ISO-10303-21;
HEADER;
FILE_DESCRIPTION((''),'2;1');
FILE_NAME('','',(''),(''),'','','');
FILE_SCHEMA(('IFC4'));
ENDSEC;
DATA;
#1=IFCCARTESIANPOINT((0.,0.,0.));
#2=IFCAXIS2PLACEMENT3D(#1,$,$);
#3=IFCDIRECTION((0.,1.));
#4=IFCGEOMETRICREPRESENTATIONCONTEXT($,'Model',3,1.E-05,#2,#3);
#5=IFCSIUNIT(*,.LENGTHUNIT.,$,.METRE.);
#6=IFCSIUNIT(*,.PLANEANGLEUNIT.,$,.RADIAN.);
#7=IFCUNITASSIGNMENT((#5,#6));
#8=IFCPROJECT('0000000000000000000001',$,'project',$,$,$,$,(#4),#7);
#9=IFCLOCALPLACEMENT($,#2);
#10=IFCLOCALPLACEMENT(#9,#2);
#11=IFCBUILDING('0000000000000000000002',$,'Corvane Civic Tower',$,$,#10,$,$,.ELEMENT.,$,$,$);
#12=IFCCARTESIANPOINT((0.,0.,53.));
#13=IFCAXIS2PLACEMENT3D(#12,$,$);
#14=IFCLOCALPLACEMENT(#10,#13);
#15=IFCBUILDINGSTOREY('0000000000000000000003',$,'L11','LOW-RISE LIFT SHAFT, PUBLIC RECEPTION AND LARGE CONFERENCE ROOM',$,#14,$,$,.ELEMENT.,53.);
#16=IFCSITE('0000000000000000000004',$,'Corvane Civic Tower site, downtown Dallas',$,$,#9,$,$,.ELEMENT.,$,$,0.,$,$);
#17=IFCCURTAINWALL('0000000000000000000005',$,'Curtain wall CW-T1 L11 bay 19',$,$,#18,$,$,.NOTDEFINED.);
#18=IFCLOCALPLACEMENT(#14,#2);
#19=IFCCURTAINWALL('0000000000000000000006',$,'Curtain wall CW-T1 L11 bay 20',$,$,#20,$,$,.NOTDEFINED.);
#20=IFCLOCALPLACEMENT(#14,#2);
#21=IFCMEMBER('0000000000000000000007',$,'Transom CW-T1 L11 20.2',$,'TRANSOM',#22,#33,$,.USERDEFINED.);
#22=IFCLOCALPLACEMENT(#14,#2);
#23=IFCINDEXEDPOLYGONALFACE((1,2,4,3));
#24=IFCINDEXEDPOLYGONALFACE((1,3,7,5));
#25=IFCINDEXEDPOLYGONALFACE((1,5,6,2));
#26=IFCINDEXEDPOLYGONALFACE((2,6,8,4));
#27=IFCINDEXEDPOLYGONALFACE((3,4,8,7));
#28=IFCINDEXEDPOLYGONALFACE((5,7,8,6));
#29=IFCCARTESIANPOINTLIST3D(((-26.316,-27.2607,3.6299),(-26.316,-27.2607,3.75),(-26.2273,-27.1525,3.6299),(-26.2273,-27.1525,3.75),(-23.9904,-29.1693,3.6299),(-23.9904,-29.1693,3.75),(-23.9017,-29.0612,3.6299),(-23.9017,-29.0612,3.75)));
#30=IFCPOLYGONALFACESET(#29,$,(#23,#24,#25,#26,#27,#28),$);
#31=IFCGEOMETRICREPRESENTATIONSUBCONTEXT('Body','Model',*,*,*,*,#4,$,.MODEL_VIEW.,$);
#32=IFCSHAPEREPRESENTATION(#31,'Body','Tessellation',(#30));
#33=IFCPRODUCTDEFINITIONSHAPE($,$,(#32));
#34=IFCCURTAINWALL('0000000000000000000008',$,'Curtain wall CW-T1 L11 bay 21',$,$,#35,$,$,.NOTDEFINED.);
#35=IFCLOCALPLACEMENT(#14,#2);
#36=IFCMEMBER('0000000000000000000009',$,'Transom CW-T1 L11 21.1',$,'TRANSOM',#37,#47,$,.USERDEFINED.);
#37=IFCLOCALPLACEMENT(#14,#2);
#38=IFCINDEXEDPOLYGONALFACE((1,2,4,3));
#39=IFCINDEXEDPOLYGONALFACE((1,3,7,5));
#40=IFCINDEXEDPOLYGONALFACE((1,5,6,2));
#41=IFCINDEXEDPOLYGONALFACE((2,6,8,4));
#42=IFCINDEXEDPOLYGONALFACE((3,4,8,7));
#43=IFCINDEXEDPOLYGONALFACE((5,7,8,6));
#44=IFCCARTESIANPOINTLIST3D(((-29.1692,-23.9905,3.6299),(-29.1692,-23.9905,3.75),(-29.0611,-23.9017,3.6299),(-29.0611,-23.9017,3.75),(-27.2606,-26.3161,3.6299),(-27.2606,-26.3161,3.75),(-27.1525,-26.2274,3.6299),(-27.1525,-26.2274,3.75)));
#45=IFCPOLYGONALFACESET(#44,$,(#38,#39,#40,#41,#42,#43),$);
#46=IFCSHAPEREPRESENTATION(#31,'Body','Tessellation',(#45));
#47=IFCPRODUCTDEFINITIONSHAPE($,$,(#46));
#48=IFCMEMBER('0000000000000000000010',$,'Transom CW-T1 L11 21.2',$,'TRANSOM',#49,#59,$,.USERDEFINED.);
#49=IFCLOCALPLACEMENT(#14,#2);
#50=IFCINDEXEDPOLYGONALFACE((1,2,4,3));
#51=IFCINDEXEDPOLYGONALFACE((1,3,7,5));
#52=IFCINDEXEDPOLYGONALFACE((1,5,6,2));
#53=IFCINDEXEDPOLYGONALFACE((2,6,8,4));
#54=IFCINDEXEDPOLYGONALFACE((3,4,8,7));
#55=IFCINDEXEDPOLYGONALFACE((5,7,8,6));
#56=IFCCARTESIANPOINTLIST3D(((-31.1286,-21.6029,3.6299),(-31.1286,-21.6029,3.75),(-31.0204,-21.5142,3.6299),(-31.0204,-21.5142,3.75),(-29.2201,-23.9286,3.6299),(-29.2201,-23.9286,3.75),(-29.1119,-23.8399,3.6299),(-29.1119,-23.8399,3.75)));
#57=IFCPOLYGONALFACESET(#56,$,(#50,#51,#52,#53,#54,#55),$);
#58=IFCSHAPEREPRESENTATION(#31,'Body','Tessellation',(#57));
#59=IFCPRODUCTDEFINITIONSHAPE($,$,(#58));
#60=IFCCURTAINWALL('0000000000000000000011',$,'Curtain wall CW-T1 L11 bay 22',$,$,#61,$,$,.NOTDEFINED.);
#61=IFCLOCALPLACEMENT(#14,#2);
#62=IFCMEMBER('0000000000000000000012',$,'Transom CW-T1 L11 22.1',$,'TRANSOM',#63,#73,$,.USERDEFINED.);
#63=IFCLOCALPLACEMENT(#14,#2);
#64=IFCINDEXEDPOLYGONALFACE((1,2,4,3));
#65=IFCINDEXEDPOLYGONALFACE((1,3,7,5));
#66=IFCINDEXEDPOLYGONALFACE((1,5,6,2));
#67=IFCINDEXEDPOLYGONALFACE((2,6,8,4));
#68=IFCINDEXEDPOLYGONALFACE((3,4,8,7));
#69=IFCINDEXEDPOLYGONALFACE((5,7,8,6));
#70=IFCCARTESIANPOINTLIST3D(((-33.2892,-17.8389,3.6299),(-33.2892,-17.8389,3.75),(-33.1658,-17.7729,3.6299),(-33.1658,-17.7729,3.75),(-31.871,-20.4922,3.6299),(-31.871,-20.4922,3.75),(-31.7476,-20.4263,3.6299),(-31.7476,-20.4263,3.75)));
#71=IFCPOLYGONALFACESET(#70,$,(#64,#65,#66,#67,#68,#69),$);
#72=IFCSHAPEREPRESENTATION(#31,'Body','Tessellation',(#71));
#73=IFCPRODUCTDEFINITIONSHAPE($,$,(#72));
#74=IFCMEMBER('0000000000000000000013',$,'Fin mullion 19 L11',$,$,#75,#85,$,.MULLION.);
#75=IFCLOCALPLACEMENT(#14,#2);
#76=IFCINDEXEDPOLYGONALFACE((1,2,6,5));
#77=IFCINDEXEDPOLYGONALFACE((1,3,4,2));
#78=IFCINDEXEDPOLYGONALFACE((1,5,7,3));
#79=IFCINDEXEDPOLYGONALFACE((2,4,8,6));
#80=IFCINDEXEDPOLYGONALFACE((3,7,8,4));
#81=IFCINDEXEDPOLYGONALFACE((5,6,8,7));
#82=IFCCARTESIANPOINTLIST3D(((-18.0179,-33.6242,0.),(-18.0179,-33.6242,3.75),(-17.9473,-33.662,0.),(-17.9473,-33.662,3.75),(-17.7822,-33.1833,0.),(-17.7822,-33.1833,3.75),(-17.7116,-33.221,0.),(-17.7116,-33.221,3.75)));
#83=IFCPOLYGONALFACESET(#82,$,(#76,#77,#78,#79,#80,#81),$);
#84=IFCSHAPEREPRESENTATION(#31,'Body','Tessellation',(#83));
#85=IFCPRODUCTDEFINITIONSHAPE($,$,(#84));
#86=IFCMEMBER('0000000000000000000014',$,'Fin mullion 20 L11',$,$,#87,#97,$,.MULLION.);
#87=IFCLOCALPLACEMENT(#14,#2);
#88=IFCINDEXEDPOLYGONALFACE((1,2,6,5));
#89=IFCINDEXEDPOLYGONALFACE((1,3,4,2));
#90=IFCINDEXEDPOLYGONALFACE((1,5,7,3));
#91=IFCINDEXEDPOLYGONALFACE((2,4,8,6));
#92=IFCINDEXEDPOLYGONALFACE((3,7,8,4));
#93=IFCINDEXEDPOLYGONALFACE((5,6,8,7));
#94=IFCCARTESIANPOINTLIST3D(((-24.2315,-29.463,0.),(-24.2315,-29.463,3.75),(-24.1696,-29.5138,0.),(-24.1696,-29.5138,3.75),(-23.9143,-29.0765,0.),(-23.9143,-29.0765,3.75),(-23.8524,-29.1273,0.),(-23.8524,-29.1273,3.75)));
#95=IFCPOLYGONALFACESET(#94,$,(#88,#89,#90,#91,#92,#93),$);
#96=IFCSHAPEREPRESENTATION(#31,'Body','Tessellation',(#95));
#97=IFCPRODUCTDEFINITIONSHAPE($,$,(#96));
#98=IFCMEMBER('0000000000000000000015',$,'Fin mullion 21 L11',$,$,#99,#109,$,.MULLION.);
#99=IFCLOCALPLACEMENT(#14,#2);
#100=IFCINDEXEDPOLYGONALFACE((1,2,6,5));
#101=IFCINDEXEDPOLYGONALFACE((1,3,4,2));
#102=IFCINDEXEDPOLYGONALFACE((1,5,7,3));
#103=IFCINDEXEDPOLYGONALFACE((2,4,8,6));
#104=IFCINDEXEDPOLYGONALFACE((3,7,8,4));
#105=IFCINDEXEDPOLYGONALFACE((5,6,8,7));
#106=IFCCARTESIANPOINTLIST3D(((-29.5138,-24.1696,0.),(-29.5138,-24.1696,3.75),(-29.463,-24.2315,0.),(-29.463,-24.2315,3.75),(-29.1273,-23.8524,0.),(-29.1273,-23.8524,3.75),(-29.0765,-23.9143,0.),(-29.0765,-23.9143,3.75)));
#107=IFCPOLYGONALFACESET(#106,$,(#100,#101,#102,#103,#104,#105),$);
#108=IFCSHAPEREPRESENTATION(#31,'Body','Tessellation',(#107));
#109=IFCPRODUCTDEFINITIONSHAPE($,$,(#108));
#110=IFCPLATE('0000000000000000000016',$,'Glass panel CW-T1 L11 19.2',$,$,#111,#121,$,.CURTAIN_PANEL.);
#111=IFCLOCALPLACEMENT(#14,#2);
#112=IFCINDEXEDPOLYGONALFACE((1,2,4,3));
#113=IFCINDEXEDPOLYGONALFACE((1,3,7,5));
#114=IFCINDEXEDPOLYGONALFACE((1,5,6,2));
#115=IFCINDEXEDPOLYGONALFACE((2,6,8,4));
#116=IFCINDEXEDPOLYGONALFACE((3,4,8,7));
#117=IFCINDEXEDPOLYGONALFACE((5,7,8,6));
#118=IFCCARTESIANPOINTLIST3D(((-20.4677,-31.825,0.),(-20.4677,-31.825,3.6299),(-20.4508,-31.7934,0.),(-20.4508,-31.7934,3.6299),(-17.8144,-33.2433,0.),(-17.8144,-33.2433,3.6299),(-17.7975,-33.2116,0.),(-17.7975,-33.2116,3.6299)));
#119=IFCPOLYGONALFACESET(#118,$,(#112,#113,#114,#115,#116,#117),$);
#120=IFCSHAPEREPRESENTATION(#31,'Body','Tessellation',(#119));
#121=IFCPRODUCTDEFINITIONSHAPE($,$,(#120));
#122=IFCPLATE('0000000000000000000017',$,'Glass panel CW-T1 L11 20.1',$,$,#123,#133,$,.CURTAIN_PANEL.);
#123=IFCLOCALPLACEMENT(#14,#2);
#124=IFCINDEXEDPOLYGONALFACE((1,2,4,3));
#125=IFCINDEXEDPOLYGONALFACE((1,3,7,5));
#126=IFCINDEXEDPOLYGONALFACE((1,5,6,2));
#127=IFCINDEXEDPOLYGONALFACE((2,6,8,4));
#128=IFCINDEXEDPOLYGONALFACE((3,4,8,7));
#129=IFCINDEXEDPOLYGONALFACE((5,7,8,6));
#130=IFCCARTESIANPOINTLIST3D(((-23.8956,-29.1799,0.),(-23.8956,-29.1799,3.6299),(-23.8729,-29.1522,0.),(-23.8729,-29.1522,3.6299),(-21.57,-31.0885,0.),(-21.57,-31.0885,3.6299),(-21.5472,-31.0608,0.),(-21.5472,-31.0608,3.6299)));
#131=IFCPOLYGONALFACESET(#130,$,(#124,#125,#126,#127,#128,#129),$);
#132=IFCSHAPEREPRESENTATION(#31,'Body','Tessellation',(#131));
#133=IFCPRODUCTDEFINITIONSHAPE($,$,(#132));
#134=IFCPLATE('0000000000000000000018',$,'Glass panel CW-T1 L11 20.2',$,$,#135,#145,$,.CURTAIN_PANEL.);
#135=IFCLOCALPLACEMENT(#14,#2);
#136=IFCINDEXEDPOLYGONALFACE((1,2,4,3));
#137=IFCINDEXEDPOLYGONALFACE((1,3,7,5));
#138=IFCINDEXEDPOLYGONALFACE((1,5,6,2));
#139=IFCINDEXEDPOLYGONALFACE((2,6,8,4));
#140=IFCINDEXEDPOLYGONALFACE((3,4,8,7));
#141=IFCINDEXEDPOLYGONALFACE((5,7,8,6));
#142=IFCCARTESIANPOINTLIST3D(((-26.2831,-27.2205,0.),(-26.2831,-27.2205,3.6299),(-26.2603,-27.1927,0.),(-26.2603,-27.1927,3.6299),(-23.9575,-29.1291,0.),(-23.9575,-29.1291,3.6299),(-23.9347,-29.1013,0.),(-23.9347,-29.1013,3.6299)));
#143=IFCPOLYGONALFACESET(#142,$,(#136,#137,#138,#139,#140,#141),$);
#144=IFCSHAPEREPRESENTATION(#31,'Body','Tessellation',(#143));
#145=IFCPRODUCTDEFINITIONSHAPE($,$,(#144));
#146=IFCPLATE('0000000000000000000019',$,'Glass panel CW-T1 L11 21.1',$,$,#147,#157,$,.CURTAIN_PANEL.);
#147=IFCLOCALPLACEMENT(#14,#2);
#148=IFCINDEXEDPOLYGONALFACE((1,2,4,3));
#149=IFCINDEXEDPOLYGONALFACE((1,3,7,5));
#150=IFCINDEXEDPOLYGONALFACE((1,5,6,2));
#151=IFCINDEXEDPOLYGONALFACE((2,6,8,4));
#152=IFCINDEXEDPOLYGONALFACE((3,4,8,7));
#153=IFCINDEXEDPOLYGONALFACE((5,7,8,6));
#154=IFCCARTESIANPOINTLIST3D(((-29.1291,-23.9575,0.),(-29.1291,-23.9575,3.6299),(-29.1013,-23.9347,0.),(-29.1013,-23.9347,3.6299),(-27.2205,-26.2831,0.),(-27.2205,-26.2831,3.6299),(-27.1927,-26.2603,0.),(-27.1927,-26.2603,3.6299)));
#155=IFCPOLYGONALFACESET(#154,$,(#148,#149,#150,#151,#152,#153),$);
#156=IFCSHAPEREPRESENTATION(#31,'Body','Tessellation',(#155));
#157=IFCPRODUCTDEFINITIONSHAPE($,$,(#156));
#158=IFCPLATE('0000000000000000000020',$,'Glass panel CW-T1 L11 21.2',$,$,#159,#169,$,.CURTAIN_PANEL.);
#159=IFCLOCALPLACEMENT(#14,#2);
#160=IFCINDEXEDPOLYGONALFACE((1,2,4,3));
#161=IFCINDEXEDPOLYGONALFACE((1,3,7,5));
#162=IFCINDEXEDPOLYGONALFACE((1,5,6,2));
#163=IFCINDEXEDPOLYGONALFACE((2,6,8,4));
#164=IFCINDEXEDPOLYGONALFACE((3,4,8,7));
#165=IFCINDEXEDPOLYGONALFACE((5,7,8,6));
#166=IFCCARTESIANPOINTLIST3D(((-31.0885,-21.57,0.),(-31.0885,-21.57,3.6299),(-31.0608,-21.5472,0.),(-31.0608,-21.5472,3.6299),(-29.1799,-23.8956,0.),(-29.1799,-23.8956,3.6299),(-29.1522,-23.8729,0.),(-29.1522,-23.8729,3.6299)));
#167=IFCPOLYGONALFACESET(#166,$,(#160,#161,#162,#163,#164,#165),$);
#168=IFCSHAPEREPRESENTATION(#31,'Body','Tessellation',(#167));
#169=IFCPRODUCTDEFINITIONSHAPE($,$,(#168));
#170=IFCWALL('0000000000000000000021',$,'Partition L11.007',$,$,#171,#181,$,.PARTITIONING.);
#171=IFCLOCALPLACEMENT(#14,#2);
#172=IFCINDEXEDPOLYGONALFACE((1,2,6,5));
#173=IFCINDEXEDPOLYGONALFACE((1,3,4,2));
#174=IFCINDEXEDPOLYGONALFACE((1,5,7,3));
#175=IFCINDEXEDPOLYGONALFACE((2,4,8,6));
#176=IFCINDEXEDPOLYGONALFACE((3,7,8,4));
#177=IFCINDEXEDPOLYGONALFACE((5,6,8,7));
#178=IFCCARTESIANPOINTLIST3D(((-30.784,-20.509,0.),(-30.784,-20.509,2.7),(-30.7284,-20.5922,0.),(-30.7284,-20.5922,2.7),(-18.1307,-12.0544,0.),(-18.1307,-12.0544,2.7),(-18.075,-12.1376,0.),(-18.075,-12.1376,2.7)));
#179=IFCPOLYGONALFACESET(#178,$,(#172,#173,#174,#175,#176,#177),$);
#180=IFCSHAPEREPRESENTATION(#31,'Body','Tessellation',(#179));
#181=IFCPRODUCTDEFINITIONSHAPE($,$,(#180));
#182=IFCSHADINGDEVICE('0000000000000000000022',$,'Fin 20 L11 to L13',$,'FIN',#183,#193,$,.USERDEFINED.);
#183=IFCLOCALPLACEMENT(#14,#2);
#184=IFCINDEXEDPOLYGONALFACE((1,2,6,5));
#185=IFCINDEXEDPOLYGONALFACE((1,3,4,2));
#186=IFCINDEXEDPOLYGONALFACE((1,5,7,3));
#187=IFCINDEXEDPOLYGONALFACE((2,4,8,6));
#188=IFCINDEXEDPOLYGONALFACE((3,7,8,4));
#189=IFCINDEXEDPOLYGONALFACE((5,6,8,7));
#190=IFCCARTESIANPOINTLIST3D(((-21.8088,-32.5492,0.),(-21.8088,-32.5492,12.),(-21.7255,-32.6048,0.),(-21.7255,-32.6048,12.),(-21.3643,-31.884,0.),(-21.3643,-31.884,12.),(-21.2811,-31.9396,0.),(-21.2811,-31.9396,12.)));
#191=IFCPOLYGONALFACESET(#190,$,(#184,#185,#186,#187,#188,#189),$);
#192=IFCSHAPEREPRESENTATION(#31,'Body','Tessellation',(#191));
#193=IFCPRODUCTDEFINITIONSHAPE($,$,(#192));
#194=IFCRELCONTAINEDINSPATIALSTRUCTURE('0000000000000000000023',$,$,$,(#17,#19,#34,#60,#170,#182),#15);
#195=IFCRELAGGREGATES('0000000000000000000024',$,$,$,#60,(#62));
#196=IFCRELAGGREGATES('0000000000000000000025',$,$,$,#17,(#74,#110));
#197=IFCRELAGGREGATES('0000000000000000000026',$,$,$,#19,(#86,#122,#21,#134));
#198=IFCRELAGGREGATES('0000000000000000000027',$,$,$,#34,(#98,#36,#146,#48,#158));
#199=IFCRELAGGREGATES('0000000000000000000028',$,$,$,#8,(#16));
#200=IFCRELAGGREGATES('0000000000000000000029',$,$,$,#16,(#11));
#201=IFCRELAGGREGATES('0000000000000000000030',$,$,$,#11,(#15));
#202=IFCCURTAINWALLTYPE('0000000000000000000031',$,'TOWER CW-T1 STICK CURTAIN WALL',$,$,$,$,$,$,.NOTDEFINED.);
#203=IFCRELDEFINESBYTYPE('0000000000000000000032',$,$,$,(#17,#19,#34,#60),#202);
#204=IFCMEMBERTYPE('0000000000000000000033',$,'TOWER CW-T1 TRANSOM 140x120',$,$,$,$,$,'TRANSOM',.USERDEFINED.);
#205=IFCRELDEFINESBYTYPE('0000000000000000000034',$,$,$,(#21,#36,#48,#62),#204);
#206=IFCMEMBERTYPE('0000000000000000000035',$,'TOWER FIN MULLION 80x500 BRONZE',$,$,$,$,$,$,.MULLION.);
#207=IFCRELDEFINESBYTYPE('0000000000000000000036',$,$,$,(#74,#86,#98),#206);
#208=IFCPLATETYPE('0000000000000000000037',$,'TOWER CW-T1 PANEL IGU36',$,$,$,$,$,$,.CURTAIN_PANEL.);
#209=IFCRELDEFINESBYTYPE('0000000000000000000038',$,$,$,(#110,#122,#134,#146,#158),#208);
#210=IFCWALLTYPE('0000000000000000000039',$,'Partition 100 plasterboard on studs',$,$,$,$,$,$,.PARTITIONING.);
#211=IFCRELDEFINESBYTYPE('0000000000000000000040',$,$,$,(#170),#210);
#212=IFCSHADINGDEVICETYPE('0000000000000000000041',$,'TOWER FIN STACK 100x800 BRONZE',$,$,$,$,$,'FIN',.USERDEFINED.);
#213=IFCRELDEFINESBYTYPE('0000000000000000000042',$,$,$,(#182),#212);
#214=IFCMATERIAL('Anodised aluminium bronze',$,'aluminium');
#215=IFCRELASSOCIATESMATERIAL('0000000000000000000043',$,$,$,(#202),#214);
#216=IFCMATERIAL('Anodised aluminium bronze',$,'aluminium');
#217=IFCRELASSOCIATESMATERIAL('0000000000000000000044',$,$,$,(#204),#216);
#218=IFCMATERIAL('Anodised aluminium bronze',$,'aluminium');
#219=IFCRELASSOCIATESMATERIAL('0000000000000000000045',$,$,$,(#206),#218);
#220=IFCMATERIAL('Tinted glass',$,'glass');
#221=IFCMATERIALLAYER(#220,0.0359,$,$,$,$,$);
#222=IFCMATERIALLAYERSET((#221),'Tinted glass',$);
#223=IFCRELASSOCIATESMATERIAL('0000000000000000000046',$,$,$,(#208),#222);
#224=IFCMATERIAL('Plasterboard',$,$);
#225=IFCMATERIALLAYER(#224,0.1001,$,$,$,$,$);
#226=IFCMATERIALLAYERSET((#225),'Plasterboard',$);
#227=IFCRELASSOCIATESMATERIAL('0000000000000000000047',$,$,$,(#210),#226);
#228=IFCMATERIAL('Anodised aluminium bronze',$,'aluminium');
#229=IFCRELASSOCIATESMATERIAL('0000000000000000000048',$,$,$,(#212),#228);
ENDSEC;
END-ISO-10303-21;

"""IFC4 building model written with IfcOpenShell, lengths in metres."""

from ifc_helpers import new_model, si_unit, direction, frame, frame_2d, origin, origin_2d, place, context, subcontext, project, spatial, rectangle, extrude, material, layer, layer_set, material_profile, profile_set, type_object, element, aggregate, save


model = new_model("IFC4")

# Units and contexts
model_context = context("Model", 3, precision=1e-05, world=origin(), true_north=direction((0.0, 1.0)))
body_context = subcontext(model_context, "Body", "Model", "MODEL_VIEW")
ifc_project = project(units=[si_unit("LENGTHUNIT", "METRE"), si_unit("PLANEANGLEUNIT", "RADIAN")], contexts=[model_context])

# Site, building, storey
site_placement = place(None, origin())
site = spatial("IfcSite", under=ifc_project, at=site_placement, Name="Corvane Civic Tower site, downtown Dallas", CompositionType="ELEMENT", RefElevation=0.0)
building_placement = place(site_placement, origin())
building = spatial("IfcBuilding", under=site, at=building_placement, Name="Corvane Civic Tower", CompositionType="ELEMENT")
storey_placement = place(building_placement, frame((0.0, 0.0, 53.0)))
storey = spatial("IfcBuildingStorey", under=building, at=storey_placement, Name="L11", Description="LOW-RISE LIFT SHAFT, PUBLIC RECEPTION AND LARGE CONFERENCE ROOM", CompositionType="ELEMENT", Elevation=53.0)

# Curtain wall
ifc_material_1 = material(Name="Anodised aluminium bronze", Category="aluminium")
curtain_wall_type = type_object("IfcCurtainWallType", Name="TOWER CW-T1 STICK CURTAIN WALL", PredefinedType="NOTDEFINED", material=ifc_material_1)
curtain_wall_1_placement = place(storey_placement, origin())
curtain_wall_1 = element("IfcCurtainWall", 1, at=curtain_wall_1_placement, inside=storey, type_object=curtain_wall_type, Name="Curtain wall CW-T1 L11 bay 19", PredefinedType="NOTDEFINED")
ifc_material_2 = material(Name="Anodised aluminium bronze", Category="aluminium")
ifc_material_profile_1 = material_profile(ifc_material_2, rectangle(XDim=0.1399, YDim=0.1201, at=origin_2d()), Name="TOWER CW-T1 TRANSOM 140x120")
ifc_profile_set_1 = profile_set([ifc_material_profile_1], Name="Anodised aluminium bronze")
member_type_1 = type_object("IfcMemberType", Name="TOWER CW-T1 TRANSOM 140x120", ElementType="TRANSOM", PredefinedType="USERDEFINED", material=ifc_profile_set_1)

# Curtain walls, members
curtain_wall_2_placement = place(storey_placement, origin())
curtain_wall_2 = element("IfcCurtainWall", 2, at=curtain_wall_2_placement, inside=storey, type_object=curtain_wall_type, Name="Curtain wall CW-T1 L11 bay 20", PredefinedType="NOTDEFINED")
member_1_placement = place(storey_placement, frame((-23.946, -29.1152, 3.6899), z_axis=(-0.773002, 0.634404, 0.0), x_axis=(-0.634404, -0.773002, 0.0)))
member_1 = element("IfcMember", 3, at=member_1_placement, type_object=member_type_1, Name="Transom CW-T1 L11 20.2", ObjectType="TRANSOM", PredefinedType="USERDEFINED", context=body_context, shape_type="SweptSolid", body=[
    extrude(rectangle(XDim=0.1399, YDim=0.1201, at=origin_2d()), origin(), (0.0, 0.0, 1.0), 3.0085),
])
curtain_wall_3_placement = place(storey_placement, origin())
curtain_wall_3 = element("IfcCurtainWall", 4, at=curtain_wall_3_placement, inside=storey, type_object=curtain_wall_type, Name="Curtain wall CW-T1 L11 bay 21", PredefinedType="NOTDEFINED")
member_2_placement = place(storey_placement, frame((-27.2065, -26.2717, 3.6899), z_axis=(-0.634404, 0.773002, 0.0), x_axis=(-0.773002, -0.634404, 0.0)))
member_2 = element("IfcMember", 5, at=member_2_placement, type_object=member_type_1, Name="Transom CW-T1 L11 21.1", ObjectType="TRANSOM", PredefinedType="USERDEFINED", context=body_context, shape_type="SweptSolid", body=[
    extrude(rectangle(XDim=0.1399, YDim=0.1201, at=origin_2d()), origin(), (0.0, 0.0, 1.0), 3.0085),
])
member_3_placement = place(storey_placement, frame((-29.166, -23.8843, 3.6899), z_axis=(-0.634355, 0.773042, 0.0), x_axis=(-0.773042, -0.634355, 0.0)))
member_3 = element("IfcMember", 6, at=member_3_placement, type_object=member_type_1, Name="Transom CW-T1 L11 21.2", ObjectType="TRANSOM", PredefinedType="USERDEFINED", context=body_context, shape_type="SweptSolid", body=[
    extrude(rectangle(XDim=0.1399, YDim=0.1201, at=origin_2d()), origin(), (0.0, 0.0, 1.0), 3.0085),
])

# Curtain wall, member
curtain_wall_4_placement = place(storey_placement, origin())
curtain_wall_4 = element("IfcCurtainWall", 7, at=curtain_wall_4_placement, inside=storey, type_object=curtain_wall_type, Name="Curtain wall CW-T1 L11 bay 22", PredefinedType="NOTDEFINED")
member_4_placement = place(storey_placement, frame((-31.8093, -20.4592, 3.6899), z_axis=(-0.471393, 0.881924, 0.0), x_axis=(-0.881924, -0.471393, 0.0)))
member_4 = element("IfcMember", 8, at=member_4_placement, type_object=member_type_1, Name="Transom CW-T1 L11 22.1", ObjectType="TRANSOM", PredefinedType="USERDEFINED", context=body_context, shape_type="SweptSolid", body=[
    extrude(rectangle(XDim=0.1399, YDim=0.1201, at=origin_2d()), origin(), (0.0, 0.0, 1.0), 3.0085),
])
aggregate(curtain_wall_4, [member_4])

# Members
ifc_material_3 = material(Name="Anodised aluminium bronze", Category="aluminium")
ifc_material_profile_2 = material_profile(ifc_material_3, rectangle(XDim=0.0801, YDim=0.5, at=origin_2d()), Name="TOWER FIN MULLION 80x500 BRONZE")
ifc_profile_set_2 = profile_set([ifc_material_profile_2], Name="Anodised aluminium bronze")
member_type_2 = type_object("IfcMemberType", Name="TOWER FIN MULLION 80x500 BRONZE", PredefinedType="MULLION", material=ifc_profile_set_2)
member_5_placement = place(storey_placement, frame((-17.8647, -33.4226, 0.0), z_axis=(0.0, 0.0, 1.0), x_axis=(-0.881918, 0.471404, 0.0)))
member_5 = element("IfcMember", 9, at=member_5_placement, type_object=member_type_2, Name="Fin mullion 19 L11", PredefinedType="MULLION", context=body_context, shape_type="SweptSolid", body=[
    extrude(rectangle(XDim=0.0801, YDim=0.5, at=origin_2d()), origin(), (0.0, 0.0, 1.0), 3.75),
])
member_6_placement = place(storey_placement, frame((-24.042, -29.2952, 0.0), z_axis=(0.0, 0.0, 1.0), x_axis=(-0.773007, 0.634397, 0.0)))
member_6 = element("IfcMember", 10, at=member_6_placement, type_object=member_type_2, Name="Fin mullion 20 L11", PredefinedType="MULLION", context=body_context, shape_type="SweptSolid", body=[
    extrude(rectangle(XDim=0.0801, YDim=0.5, at=origin_2d()), origin(), (0.0, 0.0, 1.0), 3.75),
])
member_7_placement = place(storey_placement, frame((-29.2952, -24.042, 0.0), z_axis=(0.0, 0.0, 1.0), x_axis=(-0.634397, 0.773007, 0.0)))
member_7 = element("IfcMember", 11, at=member_7_placement, type_object=member_type_2, Name="Fin mullion 21 L11", PredefinedType="MULLION", context=body_context, shape_type="SweptSolid", body=[
    extrude(rectangle(XDim=0.0801, YDim=0.5, at=origin_2d()), origin(), (0.0, 0.0, 1.0), 3.75),
])

# Plates
ifc_material_4 = material(Name="Tinted glass", Category="glass")
ifc_layer_1 = layer(ifc_material_4, 0.0359)
ifc_layer_set_1 = layer_set([ifc_layer_1], Name="Tinted glass")
plate_type = type_object("IfcPlateType", Name="TOWER CW-T1 PANEL IGU36", PredefinedType="CURTAIN_PANEL", material=ifc_layer_set_1)
plate_1_placement = place(storey_placement, frame((-19.1326, -32.5183, 0.0), z_axis=(0.0, 0.0, 1.0), x_axis=(-0.881918, 0.471404, 0.0)))
plate_1 = element("IfcPlate", 12, at=plate_1_placement, type_object=plate_type, Name="Glass panel CW-T1 L11 19.2", PredefinedType="CURTAIN_PANEL", context=body_context, shape_type="SweptSolid", body=[
    extrude(rectangle(XDim=3.0085, YDim=0.0359, at=origin_2d()), origin(), (0.0, 0.0, 1.0), 3.6299),
])
aggregate(curtain_wall_1, [member_5, plate_1])
plate_2_placement = place(storey_placement, frame((-22.7214, -30.1204, 0.0), z_axis=(0.0, 0.0, 1.0), x_axis=(-0.773007, 0.634397, 0.0)))
plate_2 = element("IfcPlate", 13, at=plate_2_placement, type_object=plate_type, Name="Glass panel CW-T1 L11 20.1", PredefinedType="CURTAIN_PANEL", context=body_context, shape_type="SweptSolid", body=[
    extrude(rectangle(XDim=3.0085, YDim=0.0359, at=origin_2d()), origin(), (0.0, 0.0, 1.0), 3.6299),
])
plate_3_placement = place(storey_placement, frame((-25.1089, -28.1609, 0.0), z_axis=(0.0, 0.0, 1.0), x_axis=(-0.773007, 0.634397, 0.0)))
plate_3 = element("IfcPlate", 14, at=plate_3_placement, type_object=plate_type, Name="Glass panel CW-T1 L11 20.2", PredefinedType="CURTAIN_PANEL", context=body_context, shape_type="SweptSolid", body=[
    extrude(rectangle(XDim=3.0085, YDim=0.0359, at=origin_2d()), origin(), (0.0, 0.0, 1.0), 3.6299),
])
aggregate(curtain_wall_2, [member_6, plate_2, member_1, plate_3])
plate_4_placement = place(storey_placement, frame((-28.1609, -25.1089, 0.0), z_axis=(0.0, 0.0, 1.0), x_axis=(-0.634397, 0.773007, 0.0)))
plate_4 = element("IfcPlate", 15, at=plate_4_placement, type_object=plate_type, Name="Glass panel CW-T1 L11 21.1", PredefinedType="CURTAIN_PANEL", context=body_context, shape_type="SweptSolid", body=[
    extrude(rectangle(XDim=3.0085, YDim=0.0359, at=origin_2d()), origin(), (0.0, 0.0, 1.0), 3.6299),
])
plate_5_placement = place(storey_placement, frame((-30.1204, -22.7214, 0.0), z_axis=(0.0, 0.0, 1.0), x_axis=(-0.634397, 0.773007, 0.0)))
plate_5 = element("IfcPlate", 16, at=plate_5_placement, type_object=plate_type, Name="Glass panel CW-T1 L11 21.2", PredefinedType="CURTAIN_PANEL", context=body_context, shape_type="SweptSolid", body=[
    extrude(rectangle(XDim=3.0085, YDim=0.0359, at=origin_2d()), origin(), (0.0, 0.0, 1.0), 3.6299),
])
aggregate(curtain_wall_3, [member_7, member_2, plate_4, member_3, plate_5])

# Wall
ifc_material_5 = material(Name="Plasterboard")
ifc_layer_2 = layer(ifc_material_5, 0.1001)
ifc_layer_set_2 = layer_set([ifc_layer_2], Name="Plasterboard")
wall_type = type_object("IfcWallType", Name="Partition 100 plasterboard on studs", PredefinedType="PARTITIONING", material=ifc_layer_set_2)
wall_placement = place(storey_placement, frame((-30.7561, -20.5505, 0.0), z_axis=(0.0, 0.0, 1.0), x_axis=(0.831472, 0.555566, 0.0)))
element("IfcWall", 17, at=wall_placement, inside=storey, type_object=wall_type, Name="Partition L11.007", PredefinedType="PARTITIONING", context=body_context, shape_type="SweptSolid", body=[
    extrude(rectangle(XDim=15.218, YDim=0.1001, at=frame_2d((7.6089, 0.0))), origin(), (0.0, 0.0, 1.0), 2.7),
])

# Shading device
ifc_material_6 = material(Name="Anodised aluminium bronze", Category="aluminium")
ifc_material_profile_3 = material_profile(ifc_material_6, rectangle(XDim=0.1001, YDim=0.8, at=origin_2d()), Name="TOWER FIN STACK 100x800 BRONZE")
ifc_profile_set_3 = profile_set([ifc_material_profile_3], Name="Anodised aluminium bronze")
shading_device_type = type_object("IfcShadingDeviceType", Name="TOWER FIN STACK 100x800 BRONZE", ElementType="FIN", PredefinedType="USERDEFINED", material=ifc_profile_set_3)
for number, where, z_axis, x_axis, name in (
    (18, (-21.5449, -32.2444, 0.0), (0.0, 0.0, 1.0), (-0.83147, 0.55557, 0.0), "Fin 20 L11 to L13"),
):
    element("IfcShadingDevice", number, at=place(storey_placement, frame(where, z_axis=z_axis, x_axis=x_axis)), inside=storey, type_object=shading_device_type, Name=name, ObjectType="FIN", PredefinedType="USERDEFINED", context=body_context, shape_type="SweptSolid", body=[
        extrude(rectangle(XDim=0.1001, YDim=0.8, at=origin_2d()), origin(), (0.0, 0.0, 1.0), 12.0),
    ])

save(model, "model.ifc")
